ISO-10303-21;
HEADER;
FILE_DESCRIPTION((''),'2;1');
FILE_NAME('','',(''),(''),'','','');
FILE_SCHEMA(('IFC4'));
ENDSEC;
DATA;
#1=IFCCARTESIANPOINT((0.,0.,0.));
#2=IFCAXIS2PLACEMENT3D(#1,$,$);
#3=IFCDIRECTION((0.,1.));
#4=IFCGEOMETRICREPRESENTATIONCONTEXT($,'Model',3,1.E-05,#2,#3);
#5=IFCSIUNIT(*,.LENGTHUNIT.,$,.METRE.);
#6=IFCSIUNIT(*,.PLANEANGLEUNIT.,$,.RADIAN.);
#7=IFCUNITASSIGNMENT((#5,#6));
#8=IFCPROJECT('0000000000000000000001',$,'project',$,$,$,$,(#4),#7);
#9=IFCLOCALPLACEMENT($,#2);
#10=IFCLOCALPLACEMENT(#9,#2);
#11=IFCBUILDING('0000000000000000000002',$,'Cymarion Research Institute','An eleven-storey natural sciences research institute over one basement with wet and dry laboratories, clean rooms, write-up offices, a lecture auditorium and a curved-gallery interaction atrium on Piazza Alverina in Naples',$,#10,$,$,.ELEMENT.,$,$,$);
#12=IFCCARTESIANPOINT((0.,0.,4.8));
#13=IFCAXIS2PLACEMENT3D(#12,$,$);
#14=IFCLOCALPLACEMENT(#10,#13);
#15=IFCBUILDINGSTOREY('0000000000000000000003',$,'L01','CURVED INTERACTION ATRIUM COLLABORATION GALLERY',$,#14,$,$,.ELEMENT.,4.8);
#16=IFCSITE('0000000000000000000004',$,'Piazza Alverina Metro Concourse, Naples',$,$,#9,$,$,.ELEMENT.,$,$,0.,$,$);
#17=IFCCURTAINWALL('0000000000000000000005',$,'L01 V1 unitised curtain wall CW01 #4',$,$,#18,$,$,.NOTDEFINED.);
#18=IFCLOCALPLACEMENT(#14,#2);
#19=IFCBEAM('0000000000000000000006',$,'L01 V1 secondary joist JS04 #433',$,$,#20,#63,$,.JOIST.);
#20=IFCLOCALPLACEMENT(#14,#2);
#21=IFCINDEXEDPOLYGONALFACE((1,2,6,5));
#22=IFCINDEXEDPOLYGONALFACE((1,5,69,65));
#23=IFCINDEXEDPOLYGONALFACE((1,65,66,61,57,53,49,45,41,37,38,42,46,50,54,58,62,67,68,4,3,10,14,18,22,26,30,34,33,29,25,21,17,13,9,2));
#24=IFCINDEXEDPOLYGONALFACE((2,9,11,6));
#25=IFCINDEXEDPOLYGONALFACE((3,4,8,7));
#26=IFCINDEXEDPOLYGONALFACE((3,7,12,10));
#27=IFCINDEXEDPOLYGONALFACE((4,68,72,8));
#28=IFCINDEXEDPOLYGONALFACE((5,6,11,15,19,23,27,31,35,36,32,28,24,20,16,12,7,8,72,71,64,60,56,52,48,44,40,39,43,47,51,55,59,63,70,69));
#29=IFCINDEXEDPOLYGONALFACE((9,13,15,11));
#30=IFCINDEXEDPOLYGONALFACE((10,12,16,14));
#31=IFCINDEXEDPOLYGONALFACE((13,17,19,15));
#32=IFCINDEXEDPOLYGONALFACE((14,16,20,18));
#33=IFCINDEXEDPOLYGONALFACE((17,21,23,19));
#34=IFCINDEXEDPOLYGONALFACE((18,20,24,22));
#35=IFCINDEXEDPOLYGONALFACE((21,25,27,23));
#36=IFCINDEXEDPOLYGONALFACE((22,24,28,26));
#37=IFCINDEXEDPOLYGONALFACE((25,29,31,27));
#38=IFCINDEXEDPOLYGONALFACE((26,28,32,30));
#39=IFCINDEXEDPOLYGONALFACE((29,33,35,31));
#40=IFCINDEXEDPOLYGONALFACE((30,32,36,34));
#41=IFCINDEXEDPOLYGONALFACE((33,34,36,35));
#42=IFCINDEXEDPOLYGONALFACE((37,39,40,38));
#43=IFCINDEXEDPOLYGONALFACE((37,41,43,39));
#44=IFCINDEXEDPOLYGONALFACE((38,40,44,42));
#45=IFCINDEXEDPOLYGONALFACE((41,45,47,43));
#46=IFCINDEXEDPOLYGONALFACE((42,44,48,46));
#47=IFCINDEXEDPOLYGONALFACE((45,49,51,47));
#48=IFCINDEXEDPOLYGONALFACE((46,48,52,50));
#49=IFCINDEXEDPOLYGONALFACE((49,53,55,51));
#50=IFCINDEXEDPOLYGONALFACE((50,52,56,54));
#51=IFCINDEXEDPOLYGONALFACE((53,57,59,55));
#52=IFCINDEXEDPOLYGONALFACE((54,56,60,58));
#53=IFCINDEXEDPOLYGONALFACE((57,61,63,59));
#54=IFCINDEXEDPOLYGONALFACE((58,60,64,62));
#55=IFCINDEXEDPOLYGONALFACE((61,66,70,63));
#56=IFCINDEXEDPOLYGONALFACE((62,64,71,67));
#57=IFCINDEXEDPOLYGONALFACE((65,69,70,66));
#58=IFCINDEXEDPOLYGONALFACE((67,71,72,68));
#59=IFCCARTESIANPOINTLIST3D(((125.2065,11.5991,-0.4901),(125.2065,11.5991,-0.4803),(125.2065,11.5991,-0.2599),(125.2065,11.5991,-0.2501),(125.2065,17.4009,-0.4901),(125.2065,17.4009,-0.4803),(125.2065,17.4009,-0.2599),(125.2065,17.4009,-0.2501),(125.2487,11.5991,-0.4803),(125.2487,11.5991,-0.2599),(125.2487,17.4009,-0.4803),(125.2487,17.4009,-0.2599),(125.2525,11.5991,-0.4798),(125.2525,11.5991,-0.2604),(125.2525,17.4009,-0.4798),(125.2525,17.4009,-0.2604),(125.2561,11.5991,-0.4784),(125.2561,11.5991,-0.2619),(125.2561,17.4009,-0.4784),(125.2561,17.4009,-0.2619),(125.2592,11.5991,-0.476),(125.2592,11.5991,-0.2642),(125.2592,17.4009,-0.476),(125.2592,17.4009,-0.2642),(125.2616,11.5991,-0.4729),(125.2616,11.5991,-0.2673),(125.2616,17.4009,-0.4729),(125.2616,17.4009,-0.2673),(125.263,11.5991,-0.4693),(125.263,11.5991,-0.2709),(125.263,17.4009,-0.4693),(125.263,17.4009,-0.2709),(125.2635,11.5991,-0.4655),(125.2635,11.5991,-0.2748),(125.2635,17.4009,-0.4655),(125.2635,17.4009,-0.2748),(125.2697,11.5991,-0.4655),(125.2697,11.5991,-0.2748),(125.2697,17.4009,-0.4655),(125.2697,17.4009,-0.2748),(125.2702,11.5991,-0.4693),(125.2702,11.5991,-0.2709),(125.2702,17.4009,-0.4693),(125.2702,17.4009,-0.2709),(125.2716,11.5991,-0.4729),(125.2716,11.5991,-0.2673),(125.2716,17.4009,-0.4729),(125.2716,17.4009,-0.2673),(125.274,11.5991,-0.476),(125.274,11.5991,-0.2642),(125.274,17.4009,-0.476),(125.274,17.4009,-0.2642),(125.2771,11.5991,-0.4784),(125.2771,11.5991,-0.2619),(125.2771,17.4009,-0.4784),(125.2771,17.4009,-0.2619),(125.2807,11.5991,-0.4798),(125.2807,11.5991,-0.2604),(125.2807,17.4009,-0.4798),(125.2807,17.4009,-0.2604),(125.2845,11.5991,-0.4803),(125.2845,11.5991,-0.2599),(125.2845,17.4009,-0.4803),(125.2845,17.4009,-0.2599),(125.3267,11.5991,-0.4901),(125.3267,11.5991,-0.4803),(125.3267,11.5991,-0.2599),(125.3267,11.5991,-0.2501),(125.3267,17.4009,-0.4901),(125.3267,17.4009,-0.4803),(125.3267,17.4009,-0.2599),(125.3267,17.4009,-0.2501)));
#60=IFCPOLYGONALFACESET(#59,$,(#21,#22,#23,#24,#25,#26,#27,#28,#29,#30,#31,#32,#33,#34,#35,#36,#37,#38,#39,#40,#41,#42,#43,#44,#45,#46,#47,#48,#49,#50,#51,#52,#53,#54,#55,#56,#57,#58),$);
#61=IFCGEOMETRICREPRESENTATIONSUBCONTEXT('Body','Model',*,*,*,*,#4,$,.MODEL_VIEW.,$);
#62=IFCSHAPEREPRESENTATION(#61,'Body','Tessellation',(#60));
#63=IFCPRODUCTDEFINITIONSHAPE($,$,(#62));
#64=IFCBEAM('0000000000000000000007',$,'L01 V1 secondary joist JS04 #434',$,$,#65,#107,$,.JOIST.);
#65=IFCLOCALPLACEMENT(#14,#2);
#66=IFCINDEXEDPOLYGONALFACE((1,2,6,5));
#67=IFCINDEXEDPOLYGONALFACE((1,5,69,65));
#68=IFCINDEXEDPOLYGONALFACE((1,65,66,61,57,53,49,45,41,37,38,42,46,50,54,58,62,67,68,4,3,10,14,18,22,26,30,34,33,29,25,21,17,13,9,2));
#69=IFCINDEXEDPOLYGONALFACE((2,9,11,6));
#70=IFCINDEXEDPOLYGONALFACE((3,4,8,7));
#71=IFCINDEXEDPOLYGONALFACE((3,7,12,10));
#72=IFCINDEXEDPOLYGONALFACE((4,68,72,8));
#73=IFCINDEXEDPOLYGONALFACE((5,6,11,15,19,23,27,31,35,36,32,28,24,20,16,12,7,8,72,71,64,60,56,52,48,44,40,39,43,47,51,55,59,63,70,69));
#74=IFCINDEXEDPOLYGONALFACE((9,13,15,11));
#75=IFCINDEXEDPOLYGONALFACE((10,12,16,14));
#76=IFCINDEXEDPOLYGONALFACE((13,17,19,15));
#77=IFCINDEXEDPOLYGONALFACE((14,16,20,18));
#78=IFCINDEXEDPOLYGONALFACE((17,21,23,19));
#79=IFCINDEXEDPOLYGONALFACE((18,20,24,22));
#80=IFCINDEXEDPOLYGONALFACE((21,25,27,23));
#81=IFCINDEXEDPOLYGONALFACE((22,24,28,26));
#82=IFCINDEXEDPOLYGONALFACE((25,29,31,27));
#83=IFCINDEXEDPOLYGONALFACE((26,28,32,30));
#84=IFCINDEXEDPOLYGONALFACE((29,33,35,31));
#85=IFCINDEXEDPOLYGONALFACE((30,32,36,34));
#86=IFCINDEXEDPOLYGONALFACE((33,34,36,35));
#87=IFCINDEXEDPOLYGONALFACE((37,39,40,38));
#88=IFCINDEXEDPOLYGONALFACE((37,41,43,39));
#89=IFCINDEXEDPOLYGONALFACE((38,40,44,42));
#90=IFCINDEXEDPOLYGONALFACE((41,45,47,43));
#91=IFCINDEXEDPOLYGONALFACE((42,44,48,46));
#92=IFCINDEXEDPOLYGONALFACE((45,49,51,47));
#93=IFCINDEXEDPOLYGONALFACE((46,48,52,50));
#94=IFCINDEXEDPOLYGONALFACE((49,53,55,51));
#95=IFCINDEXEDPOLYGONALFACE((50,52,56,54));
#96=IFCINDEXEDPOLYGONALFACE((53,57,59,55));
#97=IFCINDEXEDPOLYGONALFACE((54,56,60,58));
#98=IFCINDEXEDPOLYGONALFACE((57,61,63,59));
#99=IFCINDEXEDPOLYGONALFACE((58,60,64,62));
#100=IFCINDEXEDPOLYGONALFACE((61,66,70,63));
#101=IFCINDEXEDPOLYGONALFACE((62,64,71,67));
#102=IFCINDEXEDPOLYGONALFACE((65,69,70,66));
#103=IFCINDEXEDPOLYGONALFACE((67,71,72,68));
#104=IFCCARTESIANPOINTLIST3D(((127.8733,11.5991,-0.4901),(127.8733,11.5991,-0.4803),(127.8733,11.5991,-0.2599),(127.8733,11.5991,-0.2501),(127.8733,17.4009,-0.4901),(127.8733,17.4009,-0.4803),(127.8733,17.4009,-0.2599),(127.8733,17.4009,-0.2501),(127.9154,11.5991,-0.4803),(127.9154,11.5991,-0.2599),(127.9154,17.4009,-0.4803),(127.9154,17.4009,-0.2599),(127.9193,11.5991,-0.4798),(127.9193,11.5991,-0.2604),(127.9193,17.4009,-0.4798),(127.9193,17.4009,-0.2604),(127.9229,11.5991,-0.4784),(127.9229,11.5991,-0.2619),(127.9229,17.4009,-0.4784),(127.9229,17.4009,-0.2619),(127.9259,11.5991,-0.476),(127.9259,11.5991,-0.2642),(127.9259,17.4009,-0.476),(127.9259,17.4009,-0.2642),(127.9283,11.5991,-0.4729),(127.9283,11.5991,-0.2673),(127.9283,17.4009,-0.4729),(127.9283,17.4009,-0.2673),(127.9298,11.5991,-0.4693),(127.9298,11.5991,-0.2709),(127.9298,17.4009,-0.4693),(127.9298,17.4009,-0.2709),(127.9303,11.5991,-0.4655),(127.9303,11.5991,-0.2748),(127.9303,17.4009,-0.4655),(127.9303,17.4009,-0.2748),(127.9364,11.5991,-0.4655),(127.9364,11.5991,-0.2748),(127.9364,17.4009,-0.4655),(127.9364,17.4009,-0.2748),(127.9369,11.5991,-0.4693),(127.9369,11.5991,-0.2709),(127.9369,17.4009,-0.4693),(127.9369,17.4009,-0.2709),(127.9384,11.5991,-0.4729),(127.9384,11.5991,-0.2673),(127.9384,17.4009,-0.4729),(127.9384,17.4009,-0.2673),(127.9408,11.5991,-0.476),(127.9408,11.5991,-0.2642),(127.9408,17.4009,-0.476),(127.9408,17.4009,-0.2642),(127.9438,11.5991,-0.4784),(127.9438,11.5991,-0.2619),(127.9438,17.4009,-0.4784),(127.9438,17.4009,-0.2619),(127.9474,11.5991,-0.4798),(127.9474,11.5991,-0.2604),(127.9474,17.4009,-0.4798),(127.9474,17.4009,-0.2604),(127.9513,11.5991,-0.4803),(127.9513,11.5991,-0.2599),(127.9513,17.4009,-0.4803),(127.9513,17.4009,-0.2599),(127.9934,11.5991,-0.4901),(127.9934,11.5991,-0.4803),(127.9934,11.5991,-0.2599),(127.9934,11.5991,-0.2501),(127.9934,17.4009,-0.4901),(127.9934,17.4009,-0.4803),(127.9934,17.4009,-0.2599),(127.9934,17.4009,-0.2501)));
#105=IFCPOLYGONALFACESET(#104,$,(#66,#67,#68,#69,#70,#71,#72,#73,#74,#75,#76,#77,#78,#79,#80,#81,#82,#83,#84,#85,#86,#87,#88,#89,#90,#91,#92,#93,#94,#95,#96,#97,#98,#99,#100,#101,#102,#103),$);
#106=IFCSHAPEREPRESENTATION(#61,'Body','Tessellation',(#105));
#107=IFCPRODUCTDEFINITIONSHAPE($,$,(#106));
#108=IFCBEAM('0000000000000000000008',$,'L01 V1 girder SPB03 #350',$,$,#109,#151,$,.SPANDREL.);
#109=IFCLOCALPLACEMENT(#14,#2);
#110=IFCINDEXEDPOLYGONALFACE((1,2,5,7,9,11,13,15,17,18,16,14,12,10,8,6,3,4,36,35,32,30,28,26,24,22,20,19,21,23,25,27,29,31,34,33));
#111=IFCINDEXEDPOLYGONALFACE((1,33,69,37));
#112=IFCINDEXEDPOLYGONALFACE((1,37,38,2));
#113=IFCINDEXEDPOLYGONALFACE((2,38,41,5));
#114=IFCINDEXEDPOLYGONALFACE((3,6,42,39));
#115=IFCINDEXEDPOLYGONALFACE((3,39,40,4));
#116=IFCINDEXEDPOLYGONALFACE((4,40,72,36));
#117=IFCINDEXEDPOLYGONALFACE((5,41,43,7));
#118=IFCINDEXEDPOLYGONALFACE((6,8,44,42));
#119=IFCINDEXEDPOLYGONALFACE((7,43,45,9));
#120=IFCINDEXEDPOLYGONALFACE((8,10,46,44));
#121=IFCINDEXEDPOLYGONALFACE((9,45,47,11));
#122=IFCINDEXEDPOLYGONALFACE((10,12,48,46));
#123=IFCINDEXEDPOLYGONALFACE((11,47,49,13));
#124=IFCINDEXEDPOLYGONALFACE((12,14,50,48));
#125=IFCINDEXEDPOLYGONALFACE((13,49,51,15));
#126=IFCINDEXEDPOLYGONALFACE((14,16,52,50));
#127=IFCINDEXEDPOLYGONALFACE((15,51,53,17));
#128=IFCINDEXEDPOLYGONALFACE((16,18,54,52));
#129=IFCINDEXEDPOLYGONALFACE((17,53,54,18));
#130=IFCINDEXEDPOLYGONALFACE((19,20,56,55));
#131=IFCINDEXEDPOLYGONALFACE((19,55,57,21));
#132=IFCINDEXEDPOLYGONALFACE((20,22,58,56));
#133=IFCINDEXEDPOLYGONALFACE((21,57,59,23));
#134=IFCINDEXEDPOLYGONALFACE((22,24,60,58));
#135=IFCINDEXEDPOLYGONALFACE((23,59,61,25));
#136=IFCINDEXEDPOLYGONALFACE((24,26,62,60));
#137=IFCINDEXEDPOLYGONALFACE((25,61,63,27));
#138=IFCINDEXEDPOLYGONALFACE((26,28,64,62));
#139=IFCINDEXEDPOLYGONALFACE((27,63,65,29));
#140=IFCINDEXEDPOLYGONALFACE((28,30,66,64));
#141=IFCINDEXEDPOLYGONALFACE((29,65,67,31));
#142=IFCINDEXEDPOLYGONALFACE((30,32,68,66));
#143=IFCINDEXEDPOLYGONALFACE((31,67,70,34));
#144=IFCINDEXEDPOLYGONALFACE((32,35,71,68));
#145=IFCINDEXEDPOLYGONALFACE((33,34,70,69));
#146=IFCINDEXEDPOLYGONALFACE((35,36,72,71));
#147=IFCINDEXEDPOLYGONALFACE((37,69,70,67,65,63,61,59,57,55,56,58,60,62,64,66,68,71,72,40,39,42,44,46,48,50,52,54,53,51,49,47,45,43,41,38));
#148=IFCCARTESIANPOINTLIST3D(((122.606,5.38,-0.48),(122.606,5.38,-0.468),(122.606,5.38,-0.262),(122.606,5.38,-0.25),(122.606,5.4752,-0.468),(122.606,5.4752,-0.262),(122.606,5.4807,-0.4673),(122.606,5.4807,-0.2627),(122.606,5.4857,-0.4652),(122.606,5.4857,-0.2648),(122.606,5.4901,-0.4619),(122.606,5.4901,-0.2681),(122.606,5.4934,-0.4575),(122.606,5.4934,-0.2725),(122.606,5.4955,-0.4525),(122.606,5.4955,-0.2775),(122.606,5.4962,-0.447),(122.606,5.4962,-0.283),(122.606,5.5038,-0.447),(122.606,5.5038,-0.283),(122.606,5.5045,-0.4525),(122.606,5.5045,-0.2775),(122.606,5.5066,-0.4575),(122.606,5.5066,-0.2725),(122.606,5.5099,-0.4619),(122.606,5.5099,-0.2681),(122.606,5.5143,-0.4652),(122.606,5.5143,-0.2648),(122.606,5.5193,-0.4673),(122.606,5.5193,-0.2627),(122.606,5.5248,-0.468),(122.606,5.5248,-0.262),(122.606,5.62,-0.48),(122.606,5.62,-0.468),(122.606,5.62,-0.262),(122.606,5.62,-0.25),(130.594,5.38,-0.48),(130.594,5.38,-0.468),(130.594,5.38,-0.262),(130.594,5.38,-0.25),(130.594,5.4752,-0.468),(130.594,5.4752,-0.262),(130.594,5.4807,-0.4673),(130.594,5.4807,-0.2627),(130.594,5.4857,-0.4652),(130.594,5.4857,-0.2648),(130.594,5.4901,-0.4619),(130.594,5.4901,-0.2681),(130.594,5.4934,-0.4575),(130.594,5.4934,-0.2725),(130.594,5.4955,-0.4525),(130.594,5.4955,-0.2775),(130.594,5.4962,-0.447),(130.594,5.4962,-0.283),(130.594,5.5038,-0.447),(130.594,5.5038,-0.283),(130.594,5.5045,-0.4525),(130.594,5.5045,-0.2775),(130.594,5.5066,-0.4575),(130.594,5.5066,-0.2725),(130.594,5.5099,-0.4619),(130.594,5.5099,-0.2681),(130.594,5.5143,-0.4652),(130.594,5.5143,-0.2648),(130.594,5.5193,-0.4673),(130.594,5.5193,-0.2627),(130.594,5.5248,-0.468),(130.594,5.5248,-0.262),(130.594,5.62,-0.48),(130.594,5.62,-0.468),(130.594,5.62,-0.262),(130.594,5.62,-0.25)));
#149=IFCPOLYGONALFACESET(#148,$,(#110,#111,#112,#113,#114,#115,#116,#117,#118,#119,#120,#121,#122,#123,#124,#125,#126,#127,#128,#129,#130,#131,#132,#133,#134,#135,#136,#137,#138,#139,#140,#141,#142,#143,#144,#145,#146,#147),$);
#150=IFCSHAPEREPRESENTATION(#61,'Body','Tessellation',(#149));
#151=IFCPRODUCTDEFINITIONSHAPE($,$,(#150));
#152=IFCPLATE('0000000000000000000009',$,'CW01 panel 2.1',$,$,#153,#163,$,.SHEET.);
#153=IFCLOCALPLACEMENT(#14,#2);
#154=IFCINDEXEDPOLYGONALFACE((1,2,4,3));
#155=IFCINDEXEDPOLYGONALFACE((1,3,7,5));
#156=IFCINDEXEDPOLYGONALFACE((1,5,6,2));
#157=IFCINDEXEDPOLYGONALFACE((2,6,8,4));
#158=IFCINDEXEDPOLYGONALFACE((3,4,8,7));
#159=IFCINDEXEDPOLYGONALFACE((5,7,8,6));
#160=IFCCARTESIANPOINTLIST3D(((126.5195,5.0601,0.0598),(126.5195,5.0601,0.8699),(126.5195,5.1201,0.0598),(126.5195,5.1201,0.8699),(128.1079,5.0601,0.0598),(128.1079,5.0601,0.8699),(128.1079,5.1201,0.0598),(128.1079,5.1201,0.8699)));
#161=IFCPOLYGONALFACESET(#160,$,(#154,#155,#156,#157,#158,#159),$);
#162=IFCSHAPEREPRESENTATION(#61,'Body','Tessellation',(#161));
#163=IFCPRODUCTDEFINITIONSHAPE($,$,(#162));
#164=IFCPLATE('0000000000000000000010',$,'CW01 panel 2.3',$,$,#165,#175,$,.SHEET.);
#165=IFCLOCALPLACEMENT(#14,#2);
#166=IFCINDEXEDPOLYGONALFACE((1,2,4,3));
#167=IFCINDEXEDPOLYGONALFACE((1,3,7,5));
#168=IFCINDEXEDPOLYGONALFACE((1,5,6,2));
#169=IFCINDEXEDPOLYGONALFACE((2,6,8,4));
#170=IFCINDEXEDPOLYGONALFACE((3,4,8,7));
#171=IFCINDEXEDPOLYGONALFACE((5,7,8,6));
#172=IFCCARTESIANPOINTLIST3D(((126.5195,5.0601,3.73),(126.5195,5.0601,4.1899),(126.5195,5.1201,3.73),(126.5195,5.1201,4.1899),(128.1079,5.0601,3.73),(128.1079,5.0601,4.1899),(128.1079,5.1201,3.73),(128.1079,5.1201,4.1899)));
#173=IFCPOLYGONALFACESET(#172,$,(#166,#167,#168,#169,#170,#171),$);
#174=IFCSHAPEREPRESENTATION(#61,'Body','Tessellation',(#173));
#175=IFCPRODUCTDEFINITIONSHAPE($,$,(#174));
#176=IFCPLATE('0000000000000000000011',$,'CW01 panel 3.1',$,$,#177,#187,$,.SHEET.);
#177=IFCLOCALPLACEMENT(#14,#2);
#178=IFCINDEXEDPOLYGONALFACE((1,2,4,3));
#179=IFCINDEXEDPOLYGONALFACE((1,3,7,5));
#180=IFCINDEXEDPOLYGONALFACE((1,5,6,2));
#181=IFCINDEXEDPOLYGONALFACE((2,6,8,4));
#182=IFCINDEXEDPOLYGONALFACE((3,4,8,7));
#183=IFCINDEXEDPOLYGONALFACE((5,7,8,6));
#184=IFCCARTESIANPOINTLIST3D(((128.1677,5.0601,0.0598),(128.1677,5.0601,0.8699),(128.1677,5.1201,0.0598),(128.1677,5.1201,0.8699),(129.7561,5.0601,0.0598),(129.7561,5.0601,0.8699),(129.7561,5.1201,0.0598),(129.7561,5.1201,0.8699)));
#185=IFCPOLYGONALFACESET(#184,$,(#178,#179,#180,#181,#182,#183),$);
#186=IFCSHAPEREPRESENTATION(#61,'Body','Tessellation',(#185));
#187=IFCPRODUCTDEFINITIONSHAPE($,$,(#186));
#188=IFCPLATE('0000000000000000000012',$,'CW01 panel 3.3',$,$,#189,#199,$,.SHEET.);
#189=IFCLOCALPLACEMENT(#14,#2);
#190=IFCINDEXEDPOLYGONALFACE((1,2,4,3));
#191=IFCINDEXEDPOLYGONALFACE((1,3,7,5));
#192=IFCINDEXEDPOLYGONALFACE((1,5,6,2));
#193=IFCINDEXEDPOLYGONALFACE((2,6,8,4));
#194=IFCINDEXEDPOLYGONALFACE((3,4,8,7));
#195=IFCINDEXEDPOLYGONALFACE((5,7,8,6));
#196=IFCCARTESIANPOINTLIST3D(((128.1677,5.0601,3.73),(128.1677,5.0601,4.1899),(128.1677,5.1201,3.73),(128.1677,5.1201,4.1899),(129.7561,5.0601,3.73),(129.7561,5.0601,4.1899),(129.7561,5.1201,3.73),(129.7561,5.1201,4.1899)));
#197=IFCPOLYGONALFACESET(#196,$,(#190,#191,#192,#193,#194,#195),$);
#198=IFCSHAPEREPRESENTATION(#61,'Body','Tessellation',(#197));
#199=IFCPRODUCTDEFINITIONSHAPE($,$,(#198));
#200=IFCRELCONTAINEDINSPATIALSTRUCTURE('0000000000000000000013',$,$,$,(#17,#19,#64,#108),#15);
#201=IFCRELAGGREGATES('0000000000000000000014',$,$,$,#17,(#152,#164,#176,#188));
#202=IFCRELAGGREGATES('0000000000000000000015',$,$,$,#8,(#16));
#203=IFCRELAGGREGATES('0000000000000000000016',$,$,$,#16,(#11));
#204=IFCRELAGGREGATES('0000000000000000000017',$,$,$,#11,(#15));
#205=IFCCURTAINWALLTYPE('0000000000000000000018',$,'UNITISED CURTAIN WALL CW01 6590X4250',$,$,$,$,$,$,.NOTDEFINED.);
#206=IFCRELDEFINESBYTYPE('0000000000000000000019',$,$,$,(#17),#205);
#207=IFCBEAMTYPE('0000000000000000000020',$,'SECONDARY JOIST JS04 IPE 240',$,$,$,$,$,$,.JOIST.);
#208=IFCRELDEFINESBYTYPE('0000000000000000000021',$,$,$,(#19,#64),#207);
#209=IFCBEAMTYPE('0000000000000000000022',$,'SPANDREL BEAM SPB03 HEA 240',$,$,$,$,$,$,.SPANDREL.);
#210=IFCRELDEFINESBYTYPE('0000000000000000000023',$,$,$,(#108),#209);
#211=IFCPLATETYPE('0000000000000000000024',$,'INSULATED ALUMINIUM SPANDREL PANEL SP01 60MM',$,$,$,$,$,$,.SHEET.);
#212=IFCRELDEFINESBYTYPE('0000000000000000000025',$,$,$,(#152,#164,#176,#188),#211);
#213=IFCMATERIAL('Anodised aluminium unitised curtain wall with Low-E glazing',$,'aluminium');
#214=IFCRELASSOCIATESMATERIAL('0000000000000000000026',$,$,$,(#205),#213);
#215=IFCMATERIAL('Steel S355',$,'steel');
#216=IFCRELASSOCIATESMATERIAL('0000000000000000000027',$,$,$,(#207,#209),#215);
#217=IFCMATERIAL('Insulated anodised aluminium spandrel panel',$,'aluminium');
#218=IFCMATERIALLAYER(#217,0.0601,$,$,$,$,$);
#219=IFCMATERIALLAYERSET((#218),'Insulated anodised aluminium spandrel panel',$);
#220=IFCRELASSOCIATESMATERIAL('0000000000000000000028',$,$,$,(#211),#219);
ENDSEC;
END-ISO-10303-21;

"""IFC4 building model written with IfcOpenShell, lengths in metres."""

from ifc_helpers import new_model, si_unit, direction, frame, origin, origin_2d, place, context, subcontext, project, spatial, rectangle, i_section, extrude, material, layer, layer_set, material_profile, profile_set, type_object, element, aggregate, save


model = new_model("IFC4")

# Units and contexts
model_context = context("Model", 3, precision=1e-05, world=origin(), true_north=direction((0.0, 1.0)))
body_context = subcontext(model_context, "Body", "Model", "MODEL_VIEW")
ifc_project = project(units=[si_unit("LENGTHUNIT", "METRE"), si_unit("PLANEANGLEUNIT", "RADIAN")], contexts=[model_context])

# Site, building, storey
site_placement = place(None, origin())
site = spatial("IfcSite", under=ifc_project, at=site_placement, Name="Piazza Alverina Metro Concourse, Naples", CompositionType="ELEMENT", RefElevation=0.0)
building_placement = place(site_placement, origin())
building = spatial("IfcBuilding", under=site, at=building_placement, Name="Cymarion Research Institute", Description="An eleven-storey natural sciences research institute over one basement with wet and dry laboratories, clean rooms, write-up offices, a lecture auditorium and a curved-gallery interaction atrium on Piazza Alverina in Naples", CompositionType="ELEMENT")
storey_placement = place(building_placement, frame((0.0, 0.0, 4.8)))
storey = spatial("IfcBuildingStorey", under=building, at=storey_placement, Name="L01", Description="CURVED INTERACTION ATRIUM COLLABORATION GALLERY", CompositionType="ELEMENT", Elevation=4.8)

# Shared definitions
ifc_material_1 = material(Name="Steel S355", Category="steel")

# Curtain wall
ifc_material_2 = material(Name="Anodised aluminium unitised curtain wall with Low-E glazing", Category="aluminium")
curtain_wall_type = type_object("IfcCurtainWallType", Name="UNITISED CURTAIN WALL CW01 6590X4250", PredefinedType="NOTDEFINED", material=ifc_material_2)
curtain_wall_placement = place(storey_placement, origin())
curtain_wall = element("IfcCurtainWall", 1, at=curtain_wall_placement, inside=storey, type_object=curtain_wall_type, Name="L01 V1 unitised curtain wall CW01 #4", PredefinedType="NOTDEFINED")

# Beams
ifc_material_profile_1 = material_profile(ifc_material_1, i_section(OverallWidth=0.1201, OverallDepth=0.24, WebThickness=0.0061, FlangeThickness=0.0098, FilletRadius=0.0149, at=origin_2d()), Name="IPE 240")
ifc_profile_set_1 = profile_set([ifc_material_profile_1], Name="Steel S355")
beam_type_1 = type_object("IfcBeamType", Name="SECONDARY JOIST JS04 IPE 240", PredefinedType="JOIST", material=ifc_profile_set_1)
for number, where, z_axis, x_axis, name in (
    (2, (125.2666, 11.5991, -0.3701), (0.0, 1.0, 0.0), (-1.0, 0.0, 0.0), "L01 V1 secondary joist JS04 #433"),
    (3, (127.9333, 11.5991, -0.3701), (0.0, 1.0, 0.0), (-1.0, 0.0, 0.0), "L01 V1 secondary joist JS04 #434"),
):
    element("IfcBeam", number, at=place(storey_placement, frame(where, z_axis=z_axis, x_axis=x_axis)), inside=storey, type_object=beam_type_1, Name=name, PredefinedType="JOIST", context=body_context, shape_type="SweptSolid", body=[
        extrude(i_section(OverallWidth=0.1201, OverallDepth=0.24, WebThickness=0.0061, FlangeThickness=0.0098, FilletRadius=0.0149, at=origin_2d()), origin(), (0.0, 0.0, 1.0), 5.8018),
    ])
ifc_material_profile_2 = material_profile(ifc_material_1, i_section(OverallWidth=0.24, OverallDepth=0.23, WebThickness=0.0076, FlangeThickness=0.012, FilletRadius=0.021, at=origin_2d()), Name="HEA 240")
ifc_profile_set_2 = profile_set([ifc_material_profile_2], Name="Steel S355")
beam_type_2 = type_object("IfcBeamType", Name="SPANDREL BEAM SPB03 HEA 240", PredefinedType="SPANDREL", material=ifc_profile_set_2)
beam_placement = place(storey_placement, frame((122.606, 5.5, -0.365), z_axis=(1.0, 0.0, 0.0), x_axis=(0.0, 1.0, 0.0)))
element("IfcBeam", 4, at=beam_placement, inside=storey, type_object=beam_type_2, Name="L01 V1 girder SPB03 #350", PredefinedType="SPANDREL", context=body_context, shape_type="SweptSolid", body=[
    extrude(i_section(OverallWidth=0.24, OverallDepth=0.23, WebThickness=0.0076, FlangeThickness=0.012, FilletRadius=0.021, at=origin_2d()), origin(), (0.0, 0.0, 1.0), 7.988),
])

# Plates
ifc_material_3 = material(Name="Insulated anodised aluminium spandrel panel", Category="aluminium")
ifc_layer_1 = layer(ifc_material_3, 0.0601)
ifc_layer_set_1 = layer_set([ifc_layer_1], Name="Insulated anodised aluminium spandrel panel")
plate_type_1 = type_object("IfcPlateType", Name="INSULATED ALUMINIUM SPANDREL PANEL SP01 60MM", PredefinedType="SHEET", material=ifc_layer_set_1)
plate_1_placement = place(storey_placement, frame((127.3137, 5.0901, 0.0598), z_axis=(0.0, 0.0, 1.0), x_axis=(1.0, 0.0, 0.0)))
plate_1 = element("IfcPlate", 5, at=plate_1_placement, type_object=plate_type_1, Name="CW01 panel 2.1", PredefinedType="SHEET", context=body_context, shape_type="SweptSolid", body=[
    extrude(rectangle(XDim=1.5884, YDim=0.0601, at=origin_2d()), origin(), (0.0, 0.0, 1.0), 0.8101),
])
plate_2_placement = place(storey_placement, frame((127.3137, 5.0901, 3.73), z_axis=(0.0, 0.0, 1.0), x_axis=(1.0, 0.0, 0.0)))
plate_2 = element("IfcPlate", 6, at=plate_2_placement, type_object=plate_type_1, Name="CW01 panel 2.3", PredefinedType="SHEET", context=body_context, shape_type="SweptSolid", body=[
    extrude(rectangle(XDim=1.5884, YDim=0.0601, at=origin_2d()), origin(), (0.0, 0.0, 1.0), 0.46),
])
plate_3_placement = place(storey_placement, frame((128.9619, 5.0901, 0.0598), z_axis=(0.0, 0.0, 1.0), x_axis=(1.0, 0.0, 0.0)))
plate_3 = element("IfcPlate", 7, at=plate_3_placement, type_object=plate_type_1, Name="CW01 panel 3.1", PredefinedType="SHEET", context=body_context, shape_type="SweptSolid", body=[
    extrude(rectangle(XDim=1.5884, YDim=0.0601, at=origin_2d()), origin(), (0.0, 0.0, 1.0), 0.8101),
])
plate_4_placement = place(storey_placement, frame((128.9619, 5.0901, 3.73), z_axis=(0.0, 0.0, 1.0), x_axis=(1.0, 0.0, 0.0)))
plate_4 = element("IfcPlate", 8, at=plate_4_placement, type_object=plate_type_1, Name="CW01 panel 3.3", PredefinedType="SHEET", context=body_context, shape_type="SweptSolid", body=[
    extrude(rectangle(XDim=1.5884, YDim=0.0601, at=origin_2d()), origin(), (0.0, 0.0, 1.0), 0.46),
])
aggregate(curtain_wall, [plate_1, plate_2, plate_3, plate_4])

save(model, "model.ifc")
